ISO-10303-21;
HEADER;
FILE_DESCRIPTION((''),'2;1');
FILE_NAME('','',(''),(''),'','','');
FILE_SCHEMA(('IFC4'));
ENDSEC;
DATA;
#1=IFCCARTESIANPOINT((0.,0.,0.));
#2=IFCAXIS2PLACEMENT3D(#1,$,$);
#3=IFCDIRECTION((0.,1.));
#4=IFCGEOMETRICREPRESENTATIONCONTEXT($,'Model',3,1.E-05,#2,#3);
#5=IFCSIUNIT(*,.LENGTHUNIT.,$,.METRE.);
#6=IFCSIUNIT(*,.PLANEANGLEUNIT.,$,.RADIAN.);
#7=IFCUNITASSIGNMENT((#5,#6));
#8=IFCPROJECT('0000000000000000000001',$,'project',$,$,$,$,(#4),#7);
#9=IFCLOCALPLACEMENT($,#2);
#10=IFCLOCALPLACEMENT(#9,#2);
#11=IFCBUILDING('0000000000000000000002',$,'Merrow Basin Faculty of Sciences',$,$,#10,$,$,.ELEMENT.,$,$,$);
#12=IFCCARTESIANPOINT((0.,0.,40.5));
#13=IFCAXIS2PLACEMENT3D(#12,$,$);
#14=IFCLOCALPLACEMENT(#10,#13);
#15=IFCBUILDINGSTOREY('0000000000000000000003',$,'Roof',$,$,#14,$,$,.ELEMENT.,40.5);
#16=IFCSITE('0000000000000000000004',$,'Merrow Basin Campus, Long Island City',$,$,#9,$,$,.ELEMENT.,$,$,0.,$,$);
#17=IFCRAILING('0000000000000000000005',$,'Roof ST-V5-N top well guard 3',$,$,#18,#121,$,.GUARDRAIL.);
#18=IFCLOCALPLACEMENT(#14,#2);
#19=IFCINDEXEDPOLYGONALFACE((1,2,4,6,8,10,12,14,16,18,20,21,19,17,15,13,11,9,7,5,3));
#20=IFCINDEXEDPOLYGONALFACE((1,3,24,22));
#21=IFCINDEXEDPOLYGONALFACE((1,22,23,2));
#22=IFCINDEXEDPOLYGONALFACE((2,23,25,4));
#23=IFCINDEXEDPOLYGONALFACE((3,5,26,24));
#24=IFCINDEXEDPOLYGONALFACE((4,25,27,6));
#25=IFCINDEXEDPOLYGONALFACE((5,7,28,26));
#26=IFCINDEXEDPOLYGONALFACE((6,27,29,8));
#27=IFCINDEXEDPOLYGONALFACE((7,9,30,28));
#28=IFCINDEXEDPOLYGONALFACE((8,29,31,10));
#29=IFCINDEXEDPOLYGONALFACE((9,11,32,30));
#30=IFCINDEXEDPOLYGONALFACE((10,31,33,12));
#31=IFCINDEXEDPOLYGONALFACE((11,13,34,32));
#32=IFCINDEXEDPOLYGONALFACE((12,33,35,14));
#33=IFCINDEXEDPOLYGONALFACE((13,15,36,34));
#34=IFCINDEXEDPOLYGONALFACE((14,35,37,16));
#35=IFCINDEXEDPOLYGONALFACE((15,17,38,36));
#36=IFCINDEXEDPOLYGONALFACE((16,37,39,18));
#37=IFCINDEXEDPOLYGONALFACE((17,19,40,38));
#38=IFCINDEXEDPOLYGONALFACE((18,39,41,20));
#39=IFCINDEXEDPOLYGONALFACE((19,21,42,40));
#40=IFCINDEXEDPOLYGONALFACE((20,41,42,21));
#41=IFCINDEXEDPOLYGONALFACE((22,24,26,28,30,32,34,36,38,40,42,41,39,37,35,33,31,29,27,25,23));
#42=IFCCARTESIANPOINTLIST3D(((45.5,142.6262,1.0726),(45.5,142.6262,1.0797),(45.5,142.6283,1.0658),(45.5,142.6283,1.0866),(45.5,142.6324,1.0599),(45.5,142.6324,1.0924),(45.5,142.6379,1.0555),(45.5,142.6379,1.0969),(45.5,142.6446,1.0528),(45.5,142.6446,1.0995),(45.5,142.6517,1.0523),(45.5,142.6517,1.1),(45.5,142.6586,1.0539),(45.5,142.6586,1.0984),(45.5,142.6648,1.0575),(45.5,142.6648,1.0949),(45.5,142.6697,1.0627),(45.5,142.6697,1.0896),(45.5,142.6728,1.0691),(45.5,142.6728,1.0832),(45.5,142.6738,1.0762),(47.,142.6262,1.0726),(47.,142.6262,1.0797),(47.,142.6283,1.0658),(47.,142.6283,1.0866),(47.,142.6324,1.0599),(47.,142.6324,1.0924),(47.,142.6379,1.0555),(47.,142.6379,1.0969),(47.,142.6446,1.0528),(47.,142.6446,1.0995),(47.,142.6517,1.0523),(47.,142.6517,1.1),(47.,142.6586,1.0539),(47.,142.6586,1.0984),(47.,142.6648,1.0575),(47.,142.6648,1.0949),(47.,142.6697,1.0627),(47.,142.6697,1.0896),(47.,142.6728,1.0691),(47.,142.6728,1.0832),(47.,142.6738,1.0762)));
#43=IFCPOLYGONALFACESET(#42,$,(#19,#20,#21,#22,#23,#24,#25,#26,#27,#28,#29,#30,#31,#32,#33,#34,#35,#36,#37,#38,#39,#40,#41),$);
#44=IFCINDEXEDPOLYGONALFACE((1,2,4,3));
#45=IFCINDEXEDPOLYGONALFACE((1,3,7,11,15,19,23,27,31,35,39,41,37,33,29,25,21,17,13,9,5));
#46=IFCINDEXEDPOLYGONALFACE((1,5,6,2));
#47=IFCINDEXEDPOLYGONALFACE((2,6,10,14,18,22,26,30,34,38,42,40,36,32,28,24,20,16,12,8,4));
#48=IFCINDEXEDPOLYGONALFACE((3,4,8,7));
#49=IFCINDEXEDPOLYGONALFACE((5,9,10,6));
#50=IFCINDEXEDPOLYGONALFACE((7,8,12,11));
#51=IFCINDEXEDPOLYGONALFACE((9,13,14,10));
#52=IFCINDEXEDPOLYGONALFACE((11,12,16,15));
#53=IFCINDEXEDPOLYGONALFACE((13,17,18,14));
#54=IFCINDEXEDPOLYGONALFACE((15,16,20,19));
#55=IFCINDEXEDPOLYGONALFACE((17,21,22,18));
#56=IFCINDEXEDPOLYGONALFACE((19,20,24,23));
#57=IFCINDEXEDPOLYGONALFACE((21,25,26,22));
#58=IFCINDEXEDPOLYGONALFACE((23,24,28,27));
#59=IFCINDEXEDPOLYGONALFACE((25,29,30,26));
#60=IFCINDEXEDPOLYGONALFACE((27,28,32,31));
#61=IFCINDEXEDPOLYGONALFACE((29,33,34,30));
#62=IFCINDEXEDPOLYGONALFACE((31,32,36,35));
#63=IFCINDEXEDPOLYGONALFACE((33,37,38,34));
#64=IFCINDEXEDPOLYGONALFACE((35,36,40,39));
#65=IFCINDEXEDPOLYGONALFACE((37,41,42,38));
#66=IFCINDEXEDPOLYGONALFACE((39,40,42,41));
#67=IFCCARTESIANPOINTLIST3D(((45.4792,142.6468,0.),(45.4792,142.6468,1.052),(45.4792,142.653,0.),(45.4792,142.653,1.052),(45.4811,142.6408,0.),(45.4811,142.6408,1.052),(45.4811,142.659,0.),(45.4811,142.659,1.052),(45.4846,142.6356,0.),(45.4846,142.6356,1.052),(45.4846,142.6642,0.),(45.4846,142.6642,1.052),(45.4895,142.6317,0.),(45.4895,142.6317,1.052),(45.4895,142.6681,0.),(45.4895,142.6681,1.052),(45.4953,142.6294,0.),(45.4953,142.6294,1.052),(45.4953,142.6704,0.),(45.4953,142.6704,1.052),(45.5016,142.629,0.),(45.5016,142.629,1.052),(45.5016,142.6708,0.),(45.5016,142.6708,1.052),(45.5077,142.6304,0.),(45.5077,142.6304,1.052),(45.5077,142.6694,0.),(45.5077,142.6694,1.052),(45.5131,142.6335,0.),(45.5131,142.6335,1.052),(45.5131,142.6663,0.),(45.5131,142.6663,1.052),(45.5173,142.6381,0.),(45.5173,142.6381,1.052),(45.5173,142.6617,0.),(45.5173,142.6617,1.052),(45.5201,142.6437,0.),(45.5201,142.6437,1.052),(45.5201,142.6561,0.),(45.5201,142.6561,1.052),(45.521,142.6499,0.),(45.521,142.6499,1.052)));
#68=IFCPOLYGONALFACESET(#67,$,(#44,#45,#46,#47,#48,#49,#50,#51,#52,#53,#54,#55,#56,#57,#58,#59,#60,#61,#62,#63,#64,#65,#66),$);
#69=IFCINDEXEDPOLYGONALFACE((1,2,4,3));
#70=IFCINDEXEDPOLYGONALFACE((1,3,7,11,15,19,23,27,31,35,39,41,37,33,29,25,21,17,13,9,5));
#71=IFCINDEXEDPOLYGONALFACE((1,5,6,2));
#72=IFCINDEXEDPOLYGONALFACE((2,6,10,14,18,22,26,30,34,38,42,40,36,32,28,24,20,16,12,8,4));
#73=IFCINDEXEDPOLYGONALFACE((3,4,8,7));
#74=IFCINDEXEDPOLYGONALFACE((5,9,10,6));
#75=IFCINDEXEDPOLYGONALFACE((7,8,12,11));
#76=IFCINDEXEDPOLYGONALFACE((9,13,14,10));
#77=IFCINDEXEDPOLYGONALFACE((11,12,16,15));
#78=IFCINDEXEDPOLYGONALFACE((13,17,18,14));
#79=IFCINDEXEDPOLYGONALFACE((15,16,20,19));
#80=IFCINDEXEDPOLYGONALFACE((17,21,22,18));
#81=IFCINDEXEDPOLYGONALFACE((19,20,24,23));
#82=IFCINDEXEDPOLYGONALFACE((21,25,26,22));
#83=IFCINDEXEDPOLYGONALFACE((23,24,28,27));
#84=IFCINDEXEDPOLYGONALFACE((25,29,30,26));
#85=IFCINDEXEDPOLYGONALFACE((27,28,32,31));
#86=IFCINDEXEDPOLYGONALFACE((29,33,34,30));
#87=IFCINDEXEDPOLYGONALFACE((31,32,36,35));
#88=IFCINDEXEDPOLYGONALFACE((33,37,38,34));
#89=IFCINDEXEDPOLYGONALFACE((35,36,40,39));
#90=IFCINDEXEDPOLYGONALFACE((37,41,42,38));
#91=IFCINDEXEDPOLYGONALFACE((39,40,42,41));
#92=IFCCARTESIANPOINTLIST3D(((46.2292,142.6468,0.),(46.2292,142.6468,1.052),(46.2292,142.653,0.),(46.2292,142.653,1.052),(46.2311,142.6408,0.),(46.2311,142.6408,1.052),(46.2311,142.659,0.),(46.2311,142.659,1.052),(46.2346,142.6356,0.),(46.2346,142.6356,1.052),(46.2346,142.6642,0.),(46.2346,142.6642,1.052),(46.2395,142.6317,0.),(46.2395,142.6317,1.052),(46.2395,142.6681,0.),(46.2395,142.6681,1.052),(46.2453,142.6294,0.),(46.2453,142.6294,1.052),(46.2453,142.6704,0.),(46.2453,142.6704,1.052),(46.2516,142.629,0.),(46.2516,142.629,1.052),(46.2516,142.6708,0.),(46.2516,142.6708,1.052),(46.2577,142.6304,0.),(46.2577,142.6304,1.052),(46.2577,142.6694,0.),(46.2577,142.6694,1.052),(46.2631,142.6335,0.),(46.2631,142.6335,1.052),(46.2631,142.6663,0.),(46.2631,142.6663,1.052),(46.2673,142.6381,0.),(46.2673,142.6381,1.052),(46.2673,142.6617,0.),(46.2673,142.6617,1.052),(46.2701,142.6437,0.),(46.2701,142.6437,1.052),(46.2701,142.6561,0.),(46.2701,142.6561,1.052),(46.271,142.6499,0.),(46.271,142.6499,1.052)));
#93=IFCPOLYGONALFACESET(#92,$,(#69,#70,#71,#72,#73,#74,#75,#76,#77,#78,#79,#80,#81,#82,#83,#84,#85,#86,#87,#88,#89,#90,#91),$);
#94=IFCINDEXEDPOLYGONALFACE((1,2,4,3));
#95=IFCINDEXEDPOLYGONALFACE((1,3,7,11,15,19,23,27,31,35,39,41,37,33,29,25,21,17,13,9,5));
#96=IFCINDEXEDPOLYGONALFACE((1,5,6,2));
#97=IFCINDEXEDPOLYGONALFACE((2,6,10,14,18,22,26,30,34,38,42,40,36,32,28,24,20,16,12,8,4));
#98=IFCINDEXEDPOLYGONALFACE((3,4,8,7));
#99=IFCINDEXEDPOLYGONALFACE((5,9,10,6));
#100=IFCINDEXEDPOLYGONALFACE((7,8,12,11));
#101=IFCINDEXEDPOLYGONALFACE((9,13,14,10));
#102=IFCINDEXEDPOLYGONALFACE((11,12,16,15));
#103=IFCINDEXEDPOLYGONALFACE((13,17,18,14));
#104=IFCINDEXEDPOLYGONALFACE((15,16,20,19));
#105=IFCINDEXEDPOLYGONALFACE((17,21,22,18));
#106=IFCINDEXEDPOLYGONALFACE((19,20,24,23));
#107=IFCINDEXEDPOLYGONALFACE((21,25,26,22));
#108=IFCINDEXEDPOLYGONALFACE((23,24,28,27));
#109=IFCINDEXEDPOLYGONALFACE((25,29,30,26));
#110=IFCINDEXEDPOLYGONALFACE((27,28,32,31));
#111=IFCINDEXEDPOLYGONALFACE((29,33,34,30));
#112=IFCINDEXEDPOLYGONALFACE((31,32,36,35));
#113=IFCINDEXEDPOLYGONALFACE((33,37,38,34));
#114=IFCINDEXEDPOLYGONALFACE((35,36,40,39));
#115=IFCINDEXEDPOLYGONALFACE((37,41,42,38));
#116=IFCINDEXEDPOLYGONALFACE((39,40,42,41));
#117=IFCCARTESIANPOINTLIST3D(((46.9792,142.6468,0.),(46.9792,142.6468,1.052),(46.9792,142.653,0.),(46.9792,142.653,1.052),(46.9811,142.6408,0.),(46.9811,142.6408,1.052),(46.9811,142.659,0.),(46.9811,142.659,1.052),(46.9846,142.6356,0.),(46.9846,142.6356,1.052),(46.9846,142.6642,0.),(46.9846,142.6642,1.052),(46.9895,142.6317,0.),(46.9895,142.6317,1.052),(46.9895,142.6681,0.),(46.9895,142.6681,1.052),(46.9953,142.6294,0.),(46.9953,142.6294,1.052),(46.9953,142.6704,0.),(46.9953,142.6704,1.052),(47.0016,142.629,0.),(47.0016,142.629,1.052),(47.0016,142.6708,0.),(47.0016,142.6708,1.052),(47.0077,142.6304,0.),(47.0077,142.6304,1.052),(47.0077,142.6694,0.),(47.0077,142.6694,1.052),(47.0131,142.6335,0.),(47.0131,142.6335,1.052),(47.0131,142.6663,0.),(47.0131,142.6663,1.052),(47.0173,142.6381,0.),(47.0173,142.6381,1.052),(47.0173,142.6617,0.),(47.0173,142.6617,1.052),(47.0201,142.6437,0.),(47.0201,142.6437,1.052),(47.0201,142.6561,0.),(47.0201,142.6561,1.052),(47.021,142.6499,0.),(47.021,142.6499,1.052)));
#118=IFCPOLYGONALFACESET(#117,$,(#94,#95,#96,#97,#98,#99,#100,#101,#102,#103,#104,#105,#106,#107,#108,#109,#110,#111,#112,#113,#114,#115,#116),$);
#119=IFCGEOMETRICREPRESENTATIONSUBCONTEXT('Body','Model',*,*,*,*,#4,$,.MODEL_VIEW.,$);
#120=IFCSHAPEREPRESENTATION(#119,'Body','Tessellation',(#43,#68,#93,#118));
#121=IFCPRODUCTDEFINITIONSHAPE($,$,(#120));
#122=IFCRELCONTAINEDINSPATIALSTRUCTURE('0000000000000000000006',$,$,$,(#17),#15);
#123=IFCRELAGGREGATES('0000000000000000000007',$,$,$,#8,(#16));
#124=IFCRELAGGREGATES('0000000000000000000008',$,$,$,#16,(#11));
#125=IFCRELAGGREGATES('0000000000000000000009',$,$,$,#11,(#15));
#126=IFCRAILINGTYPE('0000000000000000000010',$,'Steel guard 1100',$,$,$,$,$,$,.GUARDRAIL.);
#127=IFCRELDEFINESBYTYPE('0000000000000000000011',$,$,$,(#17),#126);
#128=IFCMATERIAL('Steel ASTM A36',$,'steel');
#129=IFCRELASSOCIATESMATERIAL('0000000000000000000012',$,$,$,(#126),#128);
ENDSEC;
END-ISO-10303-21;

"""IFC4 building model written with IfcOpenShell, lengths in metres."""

from ifc_helpers import new_model, si_unit, direction, frame, origin, origin_2d, place, context, subcontext, project, spatial, circle, extrude, material, type_object, element, save


model = new_model("IFC4")

# Units and contexts
model_context = context("Model", 3, precision=1e-05, world=origin(), true_north=direction((0.0, 1.0)))
body_context = subcontext(model_context, "Body", "Model", "MODEL_VIEW")
ifc_project = project(units=[si_unit("LENGTHUNIT", "METRE"), si_unit("PLANEANGLEUNIT", "RADIAN")], contexts=[model_context])

# Site, building, storey
site_placement = place(None, origin())
site = spatial("IfcSite", under=ifc_project, at=site_placement, Name="Merrow Basin Campus, Long Island City", CompositionType="ELEMENT", RefElevation=0.0)
building_placement = place(site_placement, origin())
building = spatial("IfcBuilding", under=site, at=building_placement, Name="Merrow Basin Faculty of Sciences", CompositionType="ELEMENT")
storey_placement = place(building_placement, frame((0.0, 0.0, 40.5)))
storey = spatial("IfcBuildingStorey", under=building, at=storey_placement, Name="Roof", CompositionType="ELEMENT", Elevation=40.5)

# Railing
ifc_material_1 = material(Name="Steel ASTM A36", Category="steel")
railing_type = type_object("IfcRailingType", Name="Steel guard 1100", PredefinedType="GUARDRAIL", material=ifc_material_1)
railing_1_placement = place(storey_placement, frame((45.5, 142.6499, 0.0)))
element("IfcRailing", 1, at=railing_1_placement, inside=storey, type_object=railing_type, Name="Roof ST-V5-N top well guard 3", PredefinedType="GUARDRAIL", context=body_context, shape_type="SweptSolid", body=[
    extrude(circle(Radius=0.0239, at=origin_2d()), frame((0.0, 0.0, 1.0762), z_axis=(1.0, 0.0, 0.0), x_axis=(0.0, 1.0, 0.0)), (0.0, 0.0, 1.0), 1.5),
    extrude(circle(Radius=0.021, at=origin_2d()), origin(), (0.0, 0.0, 1.0), 1.052),
    extrude(circle(Radius=0.021, at=origin_2d()), frame((0.75, 0.0, 0.0)), (0.0, 0.0, 1.0), 1.052),
    extrude(circle(Radius=0.021, at=origin_2d()), frame((1.5, 0.0, 0.0)), (0.0, 0.0, 1.0), 1.052),
])

save(model, "model.ifc")
